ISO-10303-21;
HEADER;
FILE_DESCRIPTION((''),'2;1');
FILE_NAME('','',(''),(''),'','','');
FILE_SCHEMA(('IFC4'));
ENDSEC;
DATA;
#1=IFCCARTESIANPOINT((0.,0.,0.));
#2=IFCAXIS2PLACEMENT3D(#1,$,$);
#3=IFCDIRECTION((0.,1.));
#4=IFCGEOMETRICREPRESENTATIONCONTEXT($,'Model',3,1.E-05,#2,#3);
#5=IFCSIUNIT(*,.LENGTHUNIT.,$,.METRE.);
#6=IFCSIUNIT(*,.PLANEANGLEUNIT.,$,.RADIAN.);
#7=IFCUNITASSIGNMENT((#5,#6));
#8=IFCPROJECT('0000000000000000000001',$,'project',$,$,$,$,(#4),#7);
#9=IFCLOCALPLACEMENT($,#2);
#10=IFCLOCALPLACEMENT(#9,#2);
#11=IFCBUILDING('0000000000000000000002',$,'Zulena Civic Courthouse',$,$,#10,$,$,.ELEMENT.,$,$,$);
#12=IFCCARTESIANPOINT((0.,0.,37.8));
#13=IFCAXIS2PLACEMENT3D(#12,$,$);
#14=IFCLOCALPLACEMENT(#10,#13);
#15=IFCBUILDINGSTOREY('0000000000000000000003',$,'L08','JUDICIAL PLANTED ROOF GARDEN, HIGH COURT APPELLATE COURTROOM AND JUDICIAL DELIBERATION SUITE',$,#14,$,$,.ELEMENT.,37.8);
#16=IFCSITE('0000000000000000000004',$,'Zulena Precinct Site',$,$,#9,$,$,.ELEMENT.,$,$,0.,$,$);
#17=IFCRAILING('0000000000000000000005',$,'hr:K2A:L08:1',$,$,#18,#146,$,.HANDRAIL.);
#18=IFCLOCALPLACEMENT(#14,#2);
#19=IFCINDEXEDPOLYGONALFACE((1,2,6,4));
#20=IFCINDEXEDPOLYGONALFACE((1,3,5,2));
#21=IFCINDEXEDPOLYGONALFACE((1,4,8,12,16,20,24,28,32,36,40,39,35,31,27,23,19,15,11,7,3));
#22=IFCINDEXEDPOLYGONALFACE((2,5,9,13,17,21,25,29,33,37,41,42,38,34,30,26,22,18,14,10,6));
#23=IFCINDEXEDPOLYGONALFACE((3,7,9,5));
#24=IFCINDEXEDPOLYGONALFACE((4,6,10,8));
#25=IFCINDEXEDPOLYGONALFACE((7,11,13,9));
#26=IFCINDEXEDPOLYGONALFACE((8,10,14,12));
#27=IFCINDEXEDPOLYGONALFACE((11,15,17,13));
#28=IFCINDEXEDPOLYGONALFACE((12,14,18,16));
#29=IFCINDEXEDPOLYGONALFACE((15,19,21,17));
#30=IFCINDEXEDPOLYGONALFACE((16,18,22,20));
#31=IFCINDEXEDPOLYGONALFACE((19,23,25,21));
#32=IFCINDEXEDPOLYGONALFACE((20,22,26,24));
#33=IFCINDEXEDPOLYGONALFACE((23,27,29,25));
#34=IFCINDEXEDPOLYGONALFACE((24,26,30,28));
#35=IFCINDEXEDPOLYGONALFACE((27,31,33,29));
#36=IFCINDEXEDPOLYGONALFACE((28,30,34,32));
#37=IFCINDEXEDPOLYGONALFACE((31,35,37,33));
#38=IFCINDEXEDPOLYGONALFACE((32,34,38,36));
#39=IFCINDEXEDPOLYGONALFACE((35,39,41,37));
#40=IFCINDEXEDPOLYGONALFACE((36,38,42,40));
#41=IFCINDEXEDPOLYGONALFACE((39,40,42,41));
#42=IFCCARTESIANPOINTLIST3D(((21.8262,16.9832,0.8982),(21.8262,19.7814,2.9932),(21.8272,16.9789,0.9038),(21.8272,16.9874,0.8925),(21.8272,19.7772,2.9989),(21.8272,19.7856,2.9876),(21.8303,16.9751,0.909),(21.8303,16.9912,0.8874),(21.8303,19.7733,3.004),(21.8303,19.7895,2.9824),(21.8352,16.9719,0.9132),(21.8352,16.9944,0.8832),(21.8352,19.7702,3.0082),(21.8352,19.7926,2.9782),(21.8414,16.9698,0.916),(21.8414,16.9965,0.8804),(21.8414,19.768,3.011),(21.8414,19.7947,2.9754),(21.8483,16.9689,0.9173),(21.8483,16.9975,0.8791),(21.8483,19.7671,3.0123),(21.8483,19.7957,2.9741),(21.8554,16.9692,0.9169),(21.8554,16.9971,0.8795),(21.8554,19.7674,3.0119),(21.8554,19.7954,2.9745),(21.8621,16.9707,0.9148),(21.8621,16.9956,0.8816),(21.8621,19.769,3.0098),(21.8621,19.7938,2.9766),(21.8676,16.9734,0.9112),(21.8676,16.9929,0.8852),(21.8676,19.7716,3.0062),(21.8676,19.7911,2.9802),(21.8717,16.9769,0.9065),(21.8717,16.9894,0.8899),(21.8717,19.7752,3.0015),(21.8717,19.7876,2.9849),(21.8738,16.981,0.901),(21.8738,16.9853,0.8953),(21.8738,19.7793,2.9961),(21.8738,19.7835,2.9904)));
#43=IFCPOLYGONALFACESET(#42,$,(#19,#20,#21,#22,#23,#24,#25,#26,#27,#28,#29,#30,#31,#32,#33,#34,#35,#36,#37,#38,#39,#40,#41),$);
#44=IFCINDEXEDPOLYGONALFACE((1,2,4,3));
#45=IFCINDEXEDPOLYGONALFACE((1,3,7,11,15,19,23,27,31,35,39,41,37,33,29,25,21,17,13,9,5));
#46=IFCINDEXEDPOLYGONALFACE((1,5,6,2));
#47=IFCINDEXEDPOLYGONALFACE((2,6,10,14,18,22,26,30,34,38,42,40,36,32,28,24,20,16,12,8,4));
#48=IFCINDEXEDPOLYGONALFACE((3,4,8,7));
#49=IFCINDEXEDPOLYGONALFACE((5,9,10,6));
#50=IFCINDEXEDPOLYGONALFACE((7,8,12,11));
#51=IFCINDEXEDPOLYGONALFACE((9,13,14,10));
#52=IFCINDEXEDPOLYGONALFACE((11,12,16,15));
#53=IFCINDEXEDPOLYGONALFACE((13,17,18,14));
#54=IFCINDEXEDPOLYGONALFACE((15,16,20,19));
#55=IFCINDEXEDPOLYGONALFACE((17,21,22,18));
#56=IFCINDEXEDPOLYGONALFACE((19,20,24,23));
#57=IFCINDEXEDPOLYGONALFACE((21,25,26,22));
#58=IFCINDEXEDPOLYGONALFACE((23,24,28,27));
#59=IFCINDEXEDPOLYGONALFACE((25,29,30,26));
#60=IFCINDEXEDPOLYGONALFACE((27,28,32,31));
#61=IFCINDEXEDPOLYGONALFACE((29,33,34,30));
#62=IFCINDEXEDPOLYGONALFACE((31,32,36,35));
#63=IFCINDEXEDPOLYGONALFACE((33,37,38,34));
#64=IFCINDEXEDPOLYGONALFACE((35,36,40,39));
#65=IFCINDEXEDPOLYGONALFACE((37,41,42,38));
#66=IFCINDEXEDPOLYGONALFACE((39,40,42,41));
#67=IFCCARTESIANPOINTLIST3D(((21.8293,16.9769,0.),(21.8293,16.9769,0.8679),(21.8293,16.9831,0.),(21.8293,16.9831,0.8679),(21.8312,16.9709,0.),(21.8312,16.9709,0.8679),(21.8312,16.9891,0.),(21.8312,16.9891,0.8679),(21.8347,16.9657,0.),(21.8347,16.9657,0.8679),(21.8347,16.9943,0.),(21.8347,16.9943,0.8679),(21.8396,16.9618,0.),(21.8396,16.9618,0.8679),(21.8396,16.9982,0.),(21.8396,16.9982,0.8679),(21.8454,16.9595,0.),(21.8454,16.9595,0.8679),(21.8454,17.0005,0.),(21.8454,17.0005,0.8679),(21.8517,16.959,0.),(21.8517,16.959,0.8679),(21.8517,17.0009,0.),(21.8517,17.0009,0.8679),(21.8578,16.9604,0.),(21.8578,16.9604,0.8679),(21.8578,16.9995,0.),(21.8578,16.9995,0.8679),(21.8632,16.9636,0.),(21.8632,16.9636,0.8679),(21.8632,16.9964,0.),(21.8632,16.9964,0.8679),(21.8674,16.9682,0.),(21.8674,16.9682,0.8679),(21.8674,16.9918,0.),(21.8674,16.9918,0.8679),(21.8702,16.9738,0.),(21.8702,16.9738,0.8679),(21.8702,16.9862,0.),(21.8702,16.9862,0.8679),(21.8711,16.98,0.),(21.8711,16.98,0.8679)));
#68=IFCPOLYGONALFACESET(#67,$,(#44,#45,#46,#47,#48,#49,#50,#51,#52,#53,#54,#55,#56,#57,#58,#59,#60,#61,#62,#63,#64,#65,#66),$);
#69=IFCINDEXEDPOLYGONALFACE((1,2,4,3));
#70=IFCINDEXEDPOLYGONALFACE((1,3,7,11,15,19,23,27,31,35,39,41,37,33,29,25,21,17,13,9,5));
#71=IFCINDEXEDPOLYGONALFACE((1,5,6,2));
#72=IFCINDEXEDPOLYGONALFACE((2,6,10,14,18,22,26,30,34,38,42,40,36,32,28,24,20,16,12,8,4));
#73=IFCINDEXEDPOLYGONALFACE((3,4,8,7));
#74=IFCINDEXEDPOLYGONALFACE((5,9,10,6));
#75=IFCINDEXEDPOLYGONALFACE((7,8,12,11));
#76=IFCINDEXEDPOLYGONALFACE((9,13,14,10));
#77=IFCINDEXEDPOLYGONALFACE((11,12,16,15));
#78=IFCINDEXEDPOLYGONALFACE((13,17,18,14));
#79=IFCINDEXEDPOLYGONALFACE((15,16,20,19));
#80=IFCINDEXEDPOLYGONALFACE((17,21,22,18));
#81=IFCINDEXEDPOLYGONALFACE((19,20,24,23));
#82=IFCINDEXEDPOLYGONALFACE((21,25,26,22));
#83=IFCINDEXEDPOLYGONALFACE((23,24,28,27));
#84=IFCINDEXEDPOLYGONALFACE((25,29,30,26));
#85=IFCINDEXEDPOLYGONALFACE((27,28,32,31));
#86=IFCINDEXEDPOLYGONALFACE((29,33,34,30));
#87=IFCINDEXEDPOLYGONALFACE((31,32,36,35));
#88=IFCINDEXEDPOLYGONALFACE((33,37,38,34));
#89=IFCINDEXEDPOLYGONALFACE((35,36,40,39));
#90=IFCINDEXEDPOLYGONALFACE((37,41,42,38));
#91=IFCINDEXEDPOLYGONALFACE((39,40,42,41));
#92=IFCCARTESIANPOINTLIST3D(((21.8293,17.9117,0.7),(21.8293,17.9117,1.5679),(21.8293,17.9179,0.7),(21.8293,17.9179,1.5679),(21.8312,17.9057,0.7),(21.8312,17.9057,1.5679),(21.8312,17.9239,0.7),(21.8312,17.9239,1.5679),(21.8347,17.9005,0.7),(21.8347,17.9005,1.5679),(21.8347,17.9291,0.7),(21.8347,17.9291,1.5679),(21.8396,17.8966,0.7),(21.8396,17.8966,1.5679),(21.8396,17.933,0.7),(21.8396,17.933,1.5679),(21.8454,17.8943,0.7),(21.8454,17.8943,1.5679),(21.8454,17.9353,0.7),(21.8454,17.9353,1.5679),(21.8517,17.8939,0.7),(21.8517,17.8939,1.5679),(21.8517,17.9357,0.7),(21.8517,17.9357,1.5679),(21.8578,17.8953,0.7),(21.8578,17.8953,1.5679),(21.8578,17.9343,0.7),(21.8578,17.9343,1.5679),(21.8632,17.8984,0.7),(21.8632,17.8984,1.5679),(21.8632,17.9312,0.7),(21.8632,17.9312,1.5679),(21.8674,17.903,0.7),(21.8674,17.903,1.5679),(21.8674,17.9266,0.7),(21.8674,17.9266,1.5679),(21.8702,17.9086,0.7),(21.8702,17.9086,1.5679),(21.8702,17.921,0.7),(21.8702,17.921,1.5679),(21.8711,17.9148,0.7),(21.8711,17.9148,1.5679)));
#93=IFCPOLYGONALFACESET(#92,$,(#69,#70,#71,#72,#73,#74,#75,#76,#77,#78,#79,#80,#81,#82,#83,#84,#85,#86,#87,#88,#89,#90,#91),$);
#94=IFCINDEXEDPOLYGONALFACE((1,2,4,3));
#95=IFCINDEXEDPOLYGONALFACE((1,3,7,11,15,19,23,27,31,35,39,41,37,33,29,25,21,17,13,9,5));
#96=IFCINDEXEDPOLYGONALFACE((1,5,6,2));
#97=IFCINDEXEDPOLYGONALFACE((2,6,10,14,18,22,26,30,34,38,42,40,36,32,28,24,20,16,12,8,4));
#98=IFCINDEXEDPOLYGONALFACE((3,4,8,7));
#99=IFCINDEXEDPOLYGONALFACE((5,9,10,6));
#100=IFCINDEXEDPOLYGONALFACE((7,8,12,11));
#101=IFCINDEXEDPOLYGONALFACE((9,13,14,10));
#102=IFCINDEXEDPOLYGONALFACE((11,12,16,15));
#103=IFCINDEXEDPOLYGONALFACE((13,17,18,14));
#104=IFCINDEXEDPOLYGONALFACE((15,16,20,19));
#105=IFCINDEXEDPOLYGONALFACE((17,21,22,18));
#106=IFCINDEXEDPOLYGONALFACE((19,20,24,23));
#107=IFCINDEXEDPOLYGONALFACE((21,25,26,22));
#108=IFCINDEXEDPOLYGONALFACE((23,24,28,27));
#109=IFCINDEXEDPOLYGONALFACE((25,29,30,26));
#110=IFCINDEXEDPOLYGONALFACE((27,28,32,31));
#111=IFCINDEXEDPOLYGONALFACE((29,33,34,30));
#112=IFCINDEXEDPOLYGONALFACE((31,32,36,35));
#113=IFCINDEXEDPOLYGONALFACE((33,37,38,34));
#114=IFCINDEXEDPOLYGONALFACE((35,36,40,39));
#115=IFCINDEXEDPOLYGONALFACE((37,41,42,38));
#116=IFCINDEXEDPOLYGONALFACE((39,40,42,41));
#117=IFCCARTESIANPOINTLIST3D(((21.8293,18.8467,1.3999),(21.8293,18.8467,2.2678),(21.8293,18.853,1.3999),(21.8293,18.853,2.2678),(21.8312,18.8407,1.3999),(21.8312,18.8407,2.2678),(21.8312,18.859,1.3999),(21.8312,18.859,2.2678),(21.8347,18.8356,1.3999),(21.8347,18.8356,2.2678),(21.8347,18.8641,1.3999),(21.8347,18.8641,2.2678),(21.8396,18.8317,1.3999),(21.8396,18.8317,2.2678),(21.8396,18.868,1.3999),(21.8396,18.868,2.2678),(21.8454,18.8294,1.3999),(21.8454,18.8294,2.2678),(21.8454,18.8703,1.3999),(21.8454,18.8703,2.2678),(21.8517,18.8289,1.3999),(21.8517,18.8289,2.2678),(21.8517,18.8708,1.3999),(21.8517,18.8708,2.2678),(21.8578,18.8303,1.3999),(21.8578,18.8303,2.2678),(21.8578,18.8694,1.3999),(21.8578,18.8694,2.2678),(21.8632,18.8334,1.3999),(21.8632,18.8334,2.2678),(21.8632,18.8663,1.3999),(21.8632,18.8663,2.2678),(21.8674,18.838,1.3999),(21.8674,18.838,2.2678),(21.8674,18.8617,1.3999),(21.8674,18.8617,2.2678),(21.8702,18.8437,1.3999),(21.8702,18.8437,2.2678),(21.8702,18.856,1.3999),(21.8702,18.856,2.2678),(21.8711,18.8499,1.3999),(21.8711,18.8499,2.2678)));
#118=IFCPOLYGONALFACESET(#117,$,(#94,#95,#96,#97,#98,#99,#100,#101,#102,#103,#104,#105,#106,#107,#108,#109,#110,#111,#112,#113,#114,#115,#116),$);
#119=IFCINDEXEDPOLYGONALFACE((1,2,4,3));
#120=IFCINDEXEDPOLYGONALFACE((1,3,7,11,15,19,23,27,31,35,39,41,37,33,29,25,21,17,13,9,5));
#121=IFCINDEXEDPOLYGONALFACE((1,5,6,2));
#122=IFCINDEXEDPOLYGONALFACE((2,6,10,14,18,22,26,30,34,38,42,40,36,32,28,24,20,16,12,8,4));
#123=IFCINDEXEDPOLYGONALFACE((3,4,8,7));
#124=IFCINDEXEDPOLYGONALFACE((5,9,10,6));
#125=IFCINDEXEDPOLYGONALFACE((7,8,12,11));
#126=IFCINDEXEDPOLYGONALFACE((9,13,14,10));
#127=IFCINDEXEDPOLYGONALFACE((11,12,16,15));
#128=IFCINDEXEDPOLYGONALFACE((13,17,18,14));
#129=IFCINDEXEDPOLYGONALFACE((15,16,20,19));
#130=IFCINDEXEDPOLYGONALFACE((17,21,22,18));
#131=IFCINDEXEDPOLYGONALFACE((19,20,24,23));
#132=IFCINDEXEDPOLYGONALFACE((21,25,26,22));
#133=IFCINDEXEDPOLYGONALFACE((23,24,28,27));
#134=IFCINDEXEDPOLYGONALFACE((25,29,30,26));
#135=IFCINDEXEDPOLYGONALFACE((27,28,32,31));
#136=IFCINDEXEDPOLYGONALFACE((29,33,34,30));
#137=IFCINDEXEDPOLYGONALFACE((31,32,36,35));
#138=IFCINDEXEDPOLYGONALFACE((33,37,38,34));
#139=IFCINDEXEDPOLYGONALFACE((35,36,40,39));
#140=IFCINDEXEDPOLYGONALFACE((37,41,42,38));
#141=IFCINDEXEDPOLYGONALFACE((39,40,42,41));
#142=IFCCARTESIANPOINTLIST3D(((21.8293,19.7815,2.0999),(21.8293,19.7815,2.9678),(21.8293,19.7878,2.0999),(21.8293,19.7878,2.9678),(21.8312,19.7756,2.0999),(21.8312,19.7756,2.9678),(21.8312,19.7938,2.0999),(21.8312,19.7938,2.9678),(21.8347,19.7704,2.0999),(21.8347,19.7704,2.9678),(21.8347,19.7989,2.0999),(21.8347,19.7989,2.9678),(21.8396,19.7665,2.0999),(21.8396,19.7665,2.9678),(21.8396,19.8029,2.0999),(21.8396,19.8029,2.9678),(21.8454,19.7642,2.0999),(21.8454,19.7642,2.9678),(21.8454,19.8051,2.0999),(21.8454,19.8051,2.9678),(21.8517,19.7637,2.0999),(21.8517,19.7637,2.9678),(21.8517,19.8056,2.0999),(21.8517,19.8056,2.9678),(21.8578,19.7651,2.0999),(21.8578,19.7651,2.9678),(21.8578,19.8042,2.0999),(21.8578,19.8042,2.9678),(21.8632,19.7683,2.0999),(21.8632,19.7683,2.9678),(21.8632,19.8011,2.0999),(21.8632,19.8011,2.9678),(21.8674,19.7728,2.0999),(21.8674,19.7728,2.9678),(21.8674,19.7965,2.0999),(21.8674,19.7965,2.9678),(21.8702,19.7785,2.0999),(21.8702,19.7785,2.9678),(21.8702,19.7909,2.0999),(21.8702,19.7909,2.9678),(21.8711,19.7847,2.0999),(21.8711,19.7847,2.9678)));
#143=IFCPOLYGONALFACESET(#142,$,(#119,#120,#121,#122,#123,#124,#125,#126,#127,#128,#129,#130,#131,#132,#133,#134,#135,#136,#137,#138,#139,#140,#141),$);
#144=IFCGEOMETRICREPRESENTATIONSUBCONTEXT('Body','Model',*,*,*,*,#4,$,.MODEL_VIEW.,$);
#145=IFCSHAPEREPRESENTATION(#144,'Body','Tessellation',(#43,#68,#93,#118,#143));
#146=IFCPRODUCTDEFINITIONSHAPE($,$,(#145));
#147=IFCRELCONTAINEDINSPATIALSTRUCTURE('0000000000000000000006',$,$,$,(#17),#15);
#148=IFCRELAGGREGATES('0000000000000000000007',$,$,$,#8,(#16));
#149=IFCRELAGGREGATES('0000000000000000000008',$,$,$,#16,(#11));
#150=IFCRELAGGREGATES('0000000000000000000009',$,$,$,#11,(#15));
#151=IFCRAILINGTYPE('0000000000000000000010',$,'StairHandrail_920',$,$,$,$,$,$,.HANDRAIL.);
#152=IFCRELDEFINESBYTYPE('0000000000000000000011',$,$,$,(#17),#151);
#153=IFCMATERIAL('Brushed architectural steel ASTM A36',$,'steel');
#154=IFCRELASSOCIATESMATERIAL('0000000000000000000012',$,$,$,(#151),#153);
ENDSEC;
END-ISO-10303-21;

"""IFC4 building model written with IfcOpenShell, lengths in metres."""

from ifc_helpers import new_model, si_unit, direction, frame, origin, origin_2d, place, context, subcontext, project, spatial, circle, extrude, material, type_object, element, save


model = new_model("IFC4")

# Units and contexts
model_context = context("Model", 3, precision=1e-05, world=origin(), true_north=direction((0.0, 1.0)))
body_context = subcontext(model_context, "Body", "Model", "MODEL_VIEW")
ifc_project = project(units=[si_unit("LENGTHUNIT", "METRE"), si_unit("PLANEANGLEUNIT", "RADIAN")], contexts=[model_context])

# Site, building, storey
site_placement = place(None, origin())
site = spatial("IfcSite", under=ifc_project, at=site_placement, Name="Zulena Precinct Site", CompositionType="ELEMENT", RefElevation=0.0)
building_placement = place(site_placement, origin())
building = spatial("IfcBuilding", under=site, at=building_placement, Name="Zulena Civic Courthouse", CompositionType="ELEMENT")
storey_placement = place(building_placement, frame((0.0, 0.0, 37.8)))
storey = spatial("IfcBuildingStorey", under=building, at=storey_placement, Name="L08", Description="JUDICIAL PLANTED ROOF GARDEN, HIGH COURT APPELLATE COURTROOM AND JUDICIAL DELIBERATION SUITE", CompositionType="ELEMENT", Elevation=37.8)

# Railing
ifc_material_1 = material(Name="Brushed architectural steel ASTM A36", Category="steel")
railing_type_1 = type_object("IfcRailingType", Name="StairHandrail_920", PredefinedType="HANDRAIL", material=ifc_material_1)
railing_1_placement = place(storey_placement, frame((21.8501, 16.98, 0.0)))
element("IfcRailing", 1, at=railing_1_placement, inside=storey, type_object=railing_type_1, Name="hr:K2A:L08:1", PredefinedType="HANDRAIL", context=body_context, shape_type="SweptSolid", body=[
    extrude(circle(Radius=0.0239, at=origin_2d()), frame((0.0, 0.0032, 0.8982), z_axis=(0.0, 0.800501, 0.599331), x_axis=(-1.0, 0.0, 0.0)), (0.0, 0.0, 1.0), 3.4956),
    extrude(circle(Radius=0.021, at=origin_2d()), origin(), (0.0, 0.0, 1.0), 0.8679),
    extrude(circle(Radius=0.021, at=origin_2d()), frame((0.0, 0.9348, 0.7)), (0.0, 0.0, 1.0), 0.8679),
    extrude(circle(Radius=0.021, at=origin_2d()), frame((0.0, 1.8699, 1.3999)), (0.0, 0.0, 1.0), 0.8679),
    extrude(circle(Radius=0.021, at=origin_2d()), frame((0.0, 2.8047, 2.0999)), (0.0, 0.0, 1.0), 0.8679),
])

save(model, "model.ifc")
